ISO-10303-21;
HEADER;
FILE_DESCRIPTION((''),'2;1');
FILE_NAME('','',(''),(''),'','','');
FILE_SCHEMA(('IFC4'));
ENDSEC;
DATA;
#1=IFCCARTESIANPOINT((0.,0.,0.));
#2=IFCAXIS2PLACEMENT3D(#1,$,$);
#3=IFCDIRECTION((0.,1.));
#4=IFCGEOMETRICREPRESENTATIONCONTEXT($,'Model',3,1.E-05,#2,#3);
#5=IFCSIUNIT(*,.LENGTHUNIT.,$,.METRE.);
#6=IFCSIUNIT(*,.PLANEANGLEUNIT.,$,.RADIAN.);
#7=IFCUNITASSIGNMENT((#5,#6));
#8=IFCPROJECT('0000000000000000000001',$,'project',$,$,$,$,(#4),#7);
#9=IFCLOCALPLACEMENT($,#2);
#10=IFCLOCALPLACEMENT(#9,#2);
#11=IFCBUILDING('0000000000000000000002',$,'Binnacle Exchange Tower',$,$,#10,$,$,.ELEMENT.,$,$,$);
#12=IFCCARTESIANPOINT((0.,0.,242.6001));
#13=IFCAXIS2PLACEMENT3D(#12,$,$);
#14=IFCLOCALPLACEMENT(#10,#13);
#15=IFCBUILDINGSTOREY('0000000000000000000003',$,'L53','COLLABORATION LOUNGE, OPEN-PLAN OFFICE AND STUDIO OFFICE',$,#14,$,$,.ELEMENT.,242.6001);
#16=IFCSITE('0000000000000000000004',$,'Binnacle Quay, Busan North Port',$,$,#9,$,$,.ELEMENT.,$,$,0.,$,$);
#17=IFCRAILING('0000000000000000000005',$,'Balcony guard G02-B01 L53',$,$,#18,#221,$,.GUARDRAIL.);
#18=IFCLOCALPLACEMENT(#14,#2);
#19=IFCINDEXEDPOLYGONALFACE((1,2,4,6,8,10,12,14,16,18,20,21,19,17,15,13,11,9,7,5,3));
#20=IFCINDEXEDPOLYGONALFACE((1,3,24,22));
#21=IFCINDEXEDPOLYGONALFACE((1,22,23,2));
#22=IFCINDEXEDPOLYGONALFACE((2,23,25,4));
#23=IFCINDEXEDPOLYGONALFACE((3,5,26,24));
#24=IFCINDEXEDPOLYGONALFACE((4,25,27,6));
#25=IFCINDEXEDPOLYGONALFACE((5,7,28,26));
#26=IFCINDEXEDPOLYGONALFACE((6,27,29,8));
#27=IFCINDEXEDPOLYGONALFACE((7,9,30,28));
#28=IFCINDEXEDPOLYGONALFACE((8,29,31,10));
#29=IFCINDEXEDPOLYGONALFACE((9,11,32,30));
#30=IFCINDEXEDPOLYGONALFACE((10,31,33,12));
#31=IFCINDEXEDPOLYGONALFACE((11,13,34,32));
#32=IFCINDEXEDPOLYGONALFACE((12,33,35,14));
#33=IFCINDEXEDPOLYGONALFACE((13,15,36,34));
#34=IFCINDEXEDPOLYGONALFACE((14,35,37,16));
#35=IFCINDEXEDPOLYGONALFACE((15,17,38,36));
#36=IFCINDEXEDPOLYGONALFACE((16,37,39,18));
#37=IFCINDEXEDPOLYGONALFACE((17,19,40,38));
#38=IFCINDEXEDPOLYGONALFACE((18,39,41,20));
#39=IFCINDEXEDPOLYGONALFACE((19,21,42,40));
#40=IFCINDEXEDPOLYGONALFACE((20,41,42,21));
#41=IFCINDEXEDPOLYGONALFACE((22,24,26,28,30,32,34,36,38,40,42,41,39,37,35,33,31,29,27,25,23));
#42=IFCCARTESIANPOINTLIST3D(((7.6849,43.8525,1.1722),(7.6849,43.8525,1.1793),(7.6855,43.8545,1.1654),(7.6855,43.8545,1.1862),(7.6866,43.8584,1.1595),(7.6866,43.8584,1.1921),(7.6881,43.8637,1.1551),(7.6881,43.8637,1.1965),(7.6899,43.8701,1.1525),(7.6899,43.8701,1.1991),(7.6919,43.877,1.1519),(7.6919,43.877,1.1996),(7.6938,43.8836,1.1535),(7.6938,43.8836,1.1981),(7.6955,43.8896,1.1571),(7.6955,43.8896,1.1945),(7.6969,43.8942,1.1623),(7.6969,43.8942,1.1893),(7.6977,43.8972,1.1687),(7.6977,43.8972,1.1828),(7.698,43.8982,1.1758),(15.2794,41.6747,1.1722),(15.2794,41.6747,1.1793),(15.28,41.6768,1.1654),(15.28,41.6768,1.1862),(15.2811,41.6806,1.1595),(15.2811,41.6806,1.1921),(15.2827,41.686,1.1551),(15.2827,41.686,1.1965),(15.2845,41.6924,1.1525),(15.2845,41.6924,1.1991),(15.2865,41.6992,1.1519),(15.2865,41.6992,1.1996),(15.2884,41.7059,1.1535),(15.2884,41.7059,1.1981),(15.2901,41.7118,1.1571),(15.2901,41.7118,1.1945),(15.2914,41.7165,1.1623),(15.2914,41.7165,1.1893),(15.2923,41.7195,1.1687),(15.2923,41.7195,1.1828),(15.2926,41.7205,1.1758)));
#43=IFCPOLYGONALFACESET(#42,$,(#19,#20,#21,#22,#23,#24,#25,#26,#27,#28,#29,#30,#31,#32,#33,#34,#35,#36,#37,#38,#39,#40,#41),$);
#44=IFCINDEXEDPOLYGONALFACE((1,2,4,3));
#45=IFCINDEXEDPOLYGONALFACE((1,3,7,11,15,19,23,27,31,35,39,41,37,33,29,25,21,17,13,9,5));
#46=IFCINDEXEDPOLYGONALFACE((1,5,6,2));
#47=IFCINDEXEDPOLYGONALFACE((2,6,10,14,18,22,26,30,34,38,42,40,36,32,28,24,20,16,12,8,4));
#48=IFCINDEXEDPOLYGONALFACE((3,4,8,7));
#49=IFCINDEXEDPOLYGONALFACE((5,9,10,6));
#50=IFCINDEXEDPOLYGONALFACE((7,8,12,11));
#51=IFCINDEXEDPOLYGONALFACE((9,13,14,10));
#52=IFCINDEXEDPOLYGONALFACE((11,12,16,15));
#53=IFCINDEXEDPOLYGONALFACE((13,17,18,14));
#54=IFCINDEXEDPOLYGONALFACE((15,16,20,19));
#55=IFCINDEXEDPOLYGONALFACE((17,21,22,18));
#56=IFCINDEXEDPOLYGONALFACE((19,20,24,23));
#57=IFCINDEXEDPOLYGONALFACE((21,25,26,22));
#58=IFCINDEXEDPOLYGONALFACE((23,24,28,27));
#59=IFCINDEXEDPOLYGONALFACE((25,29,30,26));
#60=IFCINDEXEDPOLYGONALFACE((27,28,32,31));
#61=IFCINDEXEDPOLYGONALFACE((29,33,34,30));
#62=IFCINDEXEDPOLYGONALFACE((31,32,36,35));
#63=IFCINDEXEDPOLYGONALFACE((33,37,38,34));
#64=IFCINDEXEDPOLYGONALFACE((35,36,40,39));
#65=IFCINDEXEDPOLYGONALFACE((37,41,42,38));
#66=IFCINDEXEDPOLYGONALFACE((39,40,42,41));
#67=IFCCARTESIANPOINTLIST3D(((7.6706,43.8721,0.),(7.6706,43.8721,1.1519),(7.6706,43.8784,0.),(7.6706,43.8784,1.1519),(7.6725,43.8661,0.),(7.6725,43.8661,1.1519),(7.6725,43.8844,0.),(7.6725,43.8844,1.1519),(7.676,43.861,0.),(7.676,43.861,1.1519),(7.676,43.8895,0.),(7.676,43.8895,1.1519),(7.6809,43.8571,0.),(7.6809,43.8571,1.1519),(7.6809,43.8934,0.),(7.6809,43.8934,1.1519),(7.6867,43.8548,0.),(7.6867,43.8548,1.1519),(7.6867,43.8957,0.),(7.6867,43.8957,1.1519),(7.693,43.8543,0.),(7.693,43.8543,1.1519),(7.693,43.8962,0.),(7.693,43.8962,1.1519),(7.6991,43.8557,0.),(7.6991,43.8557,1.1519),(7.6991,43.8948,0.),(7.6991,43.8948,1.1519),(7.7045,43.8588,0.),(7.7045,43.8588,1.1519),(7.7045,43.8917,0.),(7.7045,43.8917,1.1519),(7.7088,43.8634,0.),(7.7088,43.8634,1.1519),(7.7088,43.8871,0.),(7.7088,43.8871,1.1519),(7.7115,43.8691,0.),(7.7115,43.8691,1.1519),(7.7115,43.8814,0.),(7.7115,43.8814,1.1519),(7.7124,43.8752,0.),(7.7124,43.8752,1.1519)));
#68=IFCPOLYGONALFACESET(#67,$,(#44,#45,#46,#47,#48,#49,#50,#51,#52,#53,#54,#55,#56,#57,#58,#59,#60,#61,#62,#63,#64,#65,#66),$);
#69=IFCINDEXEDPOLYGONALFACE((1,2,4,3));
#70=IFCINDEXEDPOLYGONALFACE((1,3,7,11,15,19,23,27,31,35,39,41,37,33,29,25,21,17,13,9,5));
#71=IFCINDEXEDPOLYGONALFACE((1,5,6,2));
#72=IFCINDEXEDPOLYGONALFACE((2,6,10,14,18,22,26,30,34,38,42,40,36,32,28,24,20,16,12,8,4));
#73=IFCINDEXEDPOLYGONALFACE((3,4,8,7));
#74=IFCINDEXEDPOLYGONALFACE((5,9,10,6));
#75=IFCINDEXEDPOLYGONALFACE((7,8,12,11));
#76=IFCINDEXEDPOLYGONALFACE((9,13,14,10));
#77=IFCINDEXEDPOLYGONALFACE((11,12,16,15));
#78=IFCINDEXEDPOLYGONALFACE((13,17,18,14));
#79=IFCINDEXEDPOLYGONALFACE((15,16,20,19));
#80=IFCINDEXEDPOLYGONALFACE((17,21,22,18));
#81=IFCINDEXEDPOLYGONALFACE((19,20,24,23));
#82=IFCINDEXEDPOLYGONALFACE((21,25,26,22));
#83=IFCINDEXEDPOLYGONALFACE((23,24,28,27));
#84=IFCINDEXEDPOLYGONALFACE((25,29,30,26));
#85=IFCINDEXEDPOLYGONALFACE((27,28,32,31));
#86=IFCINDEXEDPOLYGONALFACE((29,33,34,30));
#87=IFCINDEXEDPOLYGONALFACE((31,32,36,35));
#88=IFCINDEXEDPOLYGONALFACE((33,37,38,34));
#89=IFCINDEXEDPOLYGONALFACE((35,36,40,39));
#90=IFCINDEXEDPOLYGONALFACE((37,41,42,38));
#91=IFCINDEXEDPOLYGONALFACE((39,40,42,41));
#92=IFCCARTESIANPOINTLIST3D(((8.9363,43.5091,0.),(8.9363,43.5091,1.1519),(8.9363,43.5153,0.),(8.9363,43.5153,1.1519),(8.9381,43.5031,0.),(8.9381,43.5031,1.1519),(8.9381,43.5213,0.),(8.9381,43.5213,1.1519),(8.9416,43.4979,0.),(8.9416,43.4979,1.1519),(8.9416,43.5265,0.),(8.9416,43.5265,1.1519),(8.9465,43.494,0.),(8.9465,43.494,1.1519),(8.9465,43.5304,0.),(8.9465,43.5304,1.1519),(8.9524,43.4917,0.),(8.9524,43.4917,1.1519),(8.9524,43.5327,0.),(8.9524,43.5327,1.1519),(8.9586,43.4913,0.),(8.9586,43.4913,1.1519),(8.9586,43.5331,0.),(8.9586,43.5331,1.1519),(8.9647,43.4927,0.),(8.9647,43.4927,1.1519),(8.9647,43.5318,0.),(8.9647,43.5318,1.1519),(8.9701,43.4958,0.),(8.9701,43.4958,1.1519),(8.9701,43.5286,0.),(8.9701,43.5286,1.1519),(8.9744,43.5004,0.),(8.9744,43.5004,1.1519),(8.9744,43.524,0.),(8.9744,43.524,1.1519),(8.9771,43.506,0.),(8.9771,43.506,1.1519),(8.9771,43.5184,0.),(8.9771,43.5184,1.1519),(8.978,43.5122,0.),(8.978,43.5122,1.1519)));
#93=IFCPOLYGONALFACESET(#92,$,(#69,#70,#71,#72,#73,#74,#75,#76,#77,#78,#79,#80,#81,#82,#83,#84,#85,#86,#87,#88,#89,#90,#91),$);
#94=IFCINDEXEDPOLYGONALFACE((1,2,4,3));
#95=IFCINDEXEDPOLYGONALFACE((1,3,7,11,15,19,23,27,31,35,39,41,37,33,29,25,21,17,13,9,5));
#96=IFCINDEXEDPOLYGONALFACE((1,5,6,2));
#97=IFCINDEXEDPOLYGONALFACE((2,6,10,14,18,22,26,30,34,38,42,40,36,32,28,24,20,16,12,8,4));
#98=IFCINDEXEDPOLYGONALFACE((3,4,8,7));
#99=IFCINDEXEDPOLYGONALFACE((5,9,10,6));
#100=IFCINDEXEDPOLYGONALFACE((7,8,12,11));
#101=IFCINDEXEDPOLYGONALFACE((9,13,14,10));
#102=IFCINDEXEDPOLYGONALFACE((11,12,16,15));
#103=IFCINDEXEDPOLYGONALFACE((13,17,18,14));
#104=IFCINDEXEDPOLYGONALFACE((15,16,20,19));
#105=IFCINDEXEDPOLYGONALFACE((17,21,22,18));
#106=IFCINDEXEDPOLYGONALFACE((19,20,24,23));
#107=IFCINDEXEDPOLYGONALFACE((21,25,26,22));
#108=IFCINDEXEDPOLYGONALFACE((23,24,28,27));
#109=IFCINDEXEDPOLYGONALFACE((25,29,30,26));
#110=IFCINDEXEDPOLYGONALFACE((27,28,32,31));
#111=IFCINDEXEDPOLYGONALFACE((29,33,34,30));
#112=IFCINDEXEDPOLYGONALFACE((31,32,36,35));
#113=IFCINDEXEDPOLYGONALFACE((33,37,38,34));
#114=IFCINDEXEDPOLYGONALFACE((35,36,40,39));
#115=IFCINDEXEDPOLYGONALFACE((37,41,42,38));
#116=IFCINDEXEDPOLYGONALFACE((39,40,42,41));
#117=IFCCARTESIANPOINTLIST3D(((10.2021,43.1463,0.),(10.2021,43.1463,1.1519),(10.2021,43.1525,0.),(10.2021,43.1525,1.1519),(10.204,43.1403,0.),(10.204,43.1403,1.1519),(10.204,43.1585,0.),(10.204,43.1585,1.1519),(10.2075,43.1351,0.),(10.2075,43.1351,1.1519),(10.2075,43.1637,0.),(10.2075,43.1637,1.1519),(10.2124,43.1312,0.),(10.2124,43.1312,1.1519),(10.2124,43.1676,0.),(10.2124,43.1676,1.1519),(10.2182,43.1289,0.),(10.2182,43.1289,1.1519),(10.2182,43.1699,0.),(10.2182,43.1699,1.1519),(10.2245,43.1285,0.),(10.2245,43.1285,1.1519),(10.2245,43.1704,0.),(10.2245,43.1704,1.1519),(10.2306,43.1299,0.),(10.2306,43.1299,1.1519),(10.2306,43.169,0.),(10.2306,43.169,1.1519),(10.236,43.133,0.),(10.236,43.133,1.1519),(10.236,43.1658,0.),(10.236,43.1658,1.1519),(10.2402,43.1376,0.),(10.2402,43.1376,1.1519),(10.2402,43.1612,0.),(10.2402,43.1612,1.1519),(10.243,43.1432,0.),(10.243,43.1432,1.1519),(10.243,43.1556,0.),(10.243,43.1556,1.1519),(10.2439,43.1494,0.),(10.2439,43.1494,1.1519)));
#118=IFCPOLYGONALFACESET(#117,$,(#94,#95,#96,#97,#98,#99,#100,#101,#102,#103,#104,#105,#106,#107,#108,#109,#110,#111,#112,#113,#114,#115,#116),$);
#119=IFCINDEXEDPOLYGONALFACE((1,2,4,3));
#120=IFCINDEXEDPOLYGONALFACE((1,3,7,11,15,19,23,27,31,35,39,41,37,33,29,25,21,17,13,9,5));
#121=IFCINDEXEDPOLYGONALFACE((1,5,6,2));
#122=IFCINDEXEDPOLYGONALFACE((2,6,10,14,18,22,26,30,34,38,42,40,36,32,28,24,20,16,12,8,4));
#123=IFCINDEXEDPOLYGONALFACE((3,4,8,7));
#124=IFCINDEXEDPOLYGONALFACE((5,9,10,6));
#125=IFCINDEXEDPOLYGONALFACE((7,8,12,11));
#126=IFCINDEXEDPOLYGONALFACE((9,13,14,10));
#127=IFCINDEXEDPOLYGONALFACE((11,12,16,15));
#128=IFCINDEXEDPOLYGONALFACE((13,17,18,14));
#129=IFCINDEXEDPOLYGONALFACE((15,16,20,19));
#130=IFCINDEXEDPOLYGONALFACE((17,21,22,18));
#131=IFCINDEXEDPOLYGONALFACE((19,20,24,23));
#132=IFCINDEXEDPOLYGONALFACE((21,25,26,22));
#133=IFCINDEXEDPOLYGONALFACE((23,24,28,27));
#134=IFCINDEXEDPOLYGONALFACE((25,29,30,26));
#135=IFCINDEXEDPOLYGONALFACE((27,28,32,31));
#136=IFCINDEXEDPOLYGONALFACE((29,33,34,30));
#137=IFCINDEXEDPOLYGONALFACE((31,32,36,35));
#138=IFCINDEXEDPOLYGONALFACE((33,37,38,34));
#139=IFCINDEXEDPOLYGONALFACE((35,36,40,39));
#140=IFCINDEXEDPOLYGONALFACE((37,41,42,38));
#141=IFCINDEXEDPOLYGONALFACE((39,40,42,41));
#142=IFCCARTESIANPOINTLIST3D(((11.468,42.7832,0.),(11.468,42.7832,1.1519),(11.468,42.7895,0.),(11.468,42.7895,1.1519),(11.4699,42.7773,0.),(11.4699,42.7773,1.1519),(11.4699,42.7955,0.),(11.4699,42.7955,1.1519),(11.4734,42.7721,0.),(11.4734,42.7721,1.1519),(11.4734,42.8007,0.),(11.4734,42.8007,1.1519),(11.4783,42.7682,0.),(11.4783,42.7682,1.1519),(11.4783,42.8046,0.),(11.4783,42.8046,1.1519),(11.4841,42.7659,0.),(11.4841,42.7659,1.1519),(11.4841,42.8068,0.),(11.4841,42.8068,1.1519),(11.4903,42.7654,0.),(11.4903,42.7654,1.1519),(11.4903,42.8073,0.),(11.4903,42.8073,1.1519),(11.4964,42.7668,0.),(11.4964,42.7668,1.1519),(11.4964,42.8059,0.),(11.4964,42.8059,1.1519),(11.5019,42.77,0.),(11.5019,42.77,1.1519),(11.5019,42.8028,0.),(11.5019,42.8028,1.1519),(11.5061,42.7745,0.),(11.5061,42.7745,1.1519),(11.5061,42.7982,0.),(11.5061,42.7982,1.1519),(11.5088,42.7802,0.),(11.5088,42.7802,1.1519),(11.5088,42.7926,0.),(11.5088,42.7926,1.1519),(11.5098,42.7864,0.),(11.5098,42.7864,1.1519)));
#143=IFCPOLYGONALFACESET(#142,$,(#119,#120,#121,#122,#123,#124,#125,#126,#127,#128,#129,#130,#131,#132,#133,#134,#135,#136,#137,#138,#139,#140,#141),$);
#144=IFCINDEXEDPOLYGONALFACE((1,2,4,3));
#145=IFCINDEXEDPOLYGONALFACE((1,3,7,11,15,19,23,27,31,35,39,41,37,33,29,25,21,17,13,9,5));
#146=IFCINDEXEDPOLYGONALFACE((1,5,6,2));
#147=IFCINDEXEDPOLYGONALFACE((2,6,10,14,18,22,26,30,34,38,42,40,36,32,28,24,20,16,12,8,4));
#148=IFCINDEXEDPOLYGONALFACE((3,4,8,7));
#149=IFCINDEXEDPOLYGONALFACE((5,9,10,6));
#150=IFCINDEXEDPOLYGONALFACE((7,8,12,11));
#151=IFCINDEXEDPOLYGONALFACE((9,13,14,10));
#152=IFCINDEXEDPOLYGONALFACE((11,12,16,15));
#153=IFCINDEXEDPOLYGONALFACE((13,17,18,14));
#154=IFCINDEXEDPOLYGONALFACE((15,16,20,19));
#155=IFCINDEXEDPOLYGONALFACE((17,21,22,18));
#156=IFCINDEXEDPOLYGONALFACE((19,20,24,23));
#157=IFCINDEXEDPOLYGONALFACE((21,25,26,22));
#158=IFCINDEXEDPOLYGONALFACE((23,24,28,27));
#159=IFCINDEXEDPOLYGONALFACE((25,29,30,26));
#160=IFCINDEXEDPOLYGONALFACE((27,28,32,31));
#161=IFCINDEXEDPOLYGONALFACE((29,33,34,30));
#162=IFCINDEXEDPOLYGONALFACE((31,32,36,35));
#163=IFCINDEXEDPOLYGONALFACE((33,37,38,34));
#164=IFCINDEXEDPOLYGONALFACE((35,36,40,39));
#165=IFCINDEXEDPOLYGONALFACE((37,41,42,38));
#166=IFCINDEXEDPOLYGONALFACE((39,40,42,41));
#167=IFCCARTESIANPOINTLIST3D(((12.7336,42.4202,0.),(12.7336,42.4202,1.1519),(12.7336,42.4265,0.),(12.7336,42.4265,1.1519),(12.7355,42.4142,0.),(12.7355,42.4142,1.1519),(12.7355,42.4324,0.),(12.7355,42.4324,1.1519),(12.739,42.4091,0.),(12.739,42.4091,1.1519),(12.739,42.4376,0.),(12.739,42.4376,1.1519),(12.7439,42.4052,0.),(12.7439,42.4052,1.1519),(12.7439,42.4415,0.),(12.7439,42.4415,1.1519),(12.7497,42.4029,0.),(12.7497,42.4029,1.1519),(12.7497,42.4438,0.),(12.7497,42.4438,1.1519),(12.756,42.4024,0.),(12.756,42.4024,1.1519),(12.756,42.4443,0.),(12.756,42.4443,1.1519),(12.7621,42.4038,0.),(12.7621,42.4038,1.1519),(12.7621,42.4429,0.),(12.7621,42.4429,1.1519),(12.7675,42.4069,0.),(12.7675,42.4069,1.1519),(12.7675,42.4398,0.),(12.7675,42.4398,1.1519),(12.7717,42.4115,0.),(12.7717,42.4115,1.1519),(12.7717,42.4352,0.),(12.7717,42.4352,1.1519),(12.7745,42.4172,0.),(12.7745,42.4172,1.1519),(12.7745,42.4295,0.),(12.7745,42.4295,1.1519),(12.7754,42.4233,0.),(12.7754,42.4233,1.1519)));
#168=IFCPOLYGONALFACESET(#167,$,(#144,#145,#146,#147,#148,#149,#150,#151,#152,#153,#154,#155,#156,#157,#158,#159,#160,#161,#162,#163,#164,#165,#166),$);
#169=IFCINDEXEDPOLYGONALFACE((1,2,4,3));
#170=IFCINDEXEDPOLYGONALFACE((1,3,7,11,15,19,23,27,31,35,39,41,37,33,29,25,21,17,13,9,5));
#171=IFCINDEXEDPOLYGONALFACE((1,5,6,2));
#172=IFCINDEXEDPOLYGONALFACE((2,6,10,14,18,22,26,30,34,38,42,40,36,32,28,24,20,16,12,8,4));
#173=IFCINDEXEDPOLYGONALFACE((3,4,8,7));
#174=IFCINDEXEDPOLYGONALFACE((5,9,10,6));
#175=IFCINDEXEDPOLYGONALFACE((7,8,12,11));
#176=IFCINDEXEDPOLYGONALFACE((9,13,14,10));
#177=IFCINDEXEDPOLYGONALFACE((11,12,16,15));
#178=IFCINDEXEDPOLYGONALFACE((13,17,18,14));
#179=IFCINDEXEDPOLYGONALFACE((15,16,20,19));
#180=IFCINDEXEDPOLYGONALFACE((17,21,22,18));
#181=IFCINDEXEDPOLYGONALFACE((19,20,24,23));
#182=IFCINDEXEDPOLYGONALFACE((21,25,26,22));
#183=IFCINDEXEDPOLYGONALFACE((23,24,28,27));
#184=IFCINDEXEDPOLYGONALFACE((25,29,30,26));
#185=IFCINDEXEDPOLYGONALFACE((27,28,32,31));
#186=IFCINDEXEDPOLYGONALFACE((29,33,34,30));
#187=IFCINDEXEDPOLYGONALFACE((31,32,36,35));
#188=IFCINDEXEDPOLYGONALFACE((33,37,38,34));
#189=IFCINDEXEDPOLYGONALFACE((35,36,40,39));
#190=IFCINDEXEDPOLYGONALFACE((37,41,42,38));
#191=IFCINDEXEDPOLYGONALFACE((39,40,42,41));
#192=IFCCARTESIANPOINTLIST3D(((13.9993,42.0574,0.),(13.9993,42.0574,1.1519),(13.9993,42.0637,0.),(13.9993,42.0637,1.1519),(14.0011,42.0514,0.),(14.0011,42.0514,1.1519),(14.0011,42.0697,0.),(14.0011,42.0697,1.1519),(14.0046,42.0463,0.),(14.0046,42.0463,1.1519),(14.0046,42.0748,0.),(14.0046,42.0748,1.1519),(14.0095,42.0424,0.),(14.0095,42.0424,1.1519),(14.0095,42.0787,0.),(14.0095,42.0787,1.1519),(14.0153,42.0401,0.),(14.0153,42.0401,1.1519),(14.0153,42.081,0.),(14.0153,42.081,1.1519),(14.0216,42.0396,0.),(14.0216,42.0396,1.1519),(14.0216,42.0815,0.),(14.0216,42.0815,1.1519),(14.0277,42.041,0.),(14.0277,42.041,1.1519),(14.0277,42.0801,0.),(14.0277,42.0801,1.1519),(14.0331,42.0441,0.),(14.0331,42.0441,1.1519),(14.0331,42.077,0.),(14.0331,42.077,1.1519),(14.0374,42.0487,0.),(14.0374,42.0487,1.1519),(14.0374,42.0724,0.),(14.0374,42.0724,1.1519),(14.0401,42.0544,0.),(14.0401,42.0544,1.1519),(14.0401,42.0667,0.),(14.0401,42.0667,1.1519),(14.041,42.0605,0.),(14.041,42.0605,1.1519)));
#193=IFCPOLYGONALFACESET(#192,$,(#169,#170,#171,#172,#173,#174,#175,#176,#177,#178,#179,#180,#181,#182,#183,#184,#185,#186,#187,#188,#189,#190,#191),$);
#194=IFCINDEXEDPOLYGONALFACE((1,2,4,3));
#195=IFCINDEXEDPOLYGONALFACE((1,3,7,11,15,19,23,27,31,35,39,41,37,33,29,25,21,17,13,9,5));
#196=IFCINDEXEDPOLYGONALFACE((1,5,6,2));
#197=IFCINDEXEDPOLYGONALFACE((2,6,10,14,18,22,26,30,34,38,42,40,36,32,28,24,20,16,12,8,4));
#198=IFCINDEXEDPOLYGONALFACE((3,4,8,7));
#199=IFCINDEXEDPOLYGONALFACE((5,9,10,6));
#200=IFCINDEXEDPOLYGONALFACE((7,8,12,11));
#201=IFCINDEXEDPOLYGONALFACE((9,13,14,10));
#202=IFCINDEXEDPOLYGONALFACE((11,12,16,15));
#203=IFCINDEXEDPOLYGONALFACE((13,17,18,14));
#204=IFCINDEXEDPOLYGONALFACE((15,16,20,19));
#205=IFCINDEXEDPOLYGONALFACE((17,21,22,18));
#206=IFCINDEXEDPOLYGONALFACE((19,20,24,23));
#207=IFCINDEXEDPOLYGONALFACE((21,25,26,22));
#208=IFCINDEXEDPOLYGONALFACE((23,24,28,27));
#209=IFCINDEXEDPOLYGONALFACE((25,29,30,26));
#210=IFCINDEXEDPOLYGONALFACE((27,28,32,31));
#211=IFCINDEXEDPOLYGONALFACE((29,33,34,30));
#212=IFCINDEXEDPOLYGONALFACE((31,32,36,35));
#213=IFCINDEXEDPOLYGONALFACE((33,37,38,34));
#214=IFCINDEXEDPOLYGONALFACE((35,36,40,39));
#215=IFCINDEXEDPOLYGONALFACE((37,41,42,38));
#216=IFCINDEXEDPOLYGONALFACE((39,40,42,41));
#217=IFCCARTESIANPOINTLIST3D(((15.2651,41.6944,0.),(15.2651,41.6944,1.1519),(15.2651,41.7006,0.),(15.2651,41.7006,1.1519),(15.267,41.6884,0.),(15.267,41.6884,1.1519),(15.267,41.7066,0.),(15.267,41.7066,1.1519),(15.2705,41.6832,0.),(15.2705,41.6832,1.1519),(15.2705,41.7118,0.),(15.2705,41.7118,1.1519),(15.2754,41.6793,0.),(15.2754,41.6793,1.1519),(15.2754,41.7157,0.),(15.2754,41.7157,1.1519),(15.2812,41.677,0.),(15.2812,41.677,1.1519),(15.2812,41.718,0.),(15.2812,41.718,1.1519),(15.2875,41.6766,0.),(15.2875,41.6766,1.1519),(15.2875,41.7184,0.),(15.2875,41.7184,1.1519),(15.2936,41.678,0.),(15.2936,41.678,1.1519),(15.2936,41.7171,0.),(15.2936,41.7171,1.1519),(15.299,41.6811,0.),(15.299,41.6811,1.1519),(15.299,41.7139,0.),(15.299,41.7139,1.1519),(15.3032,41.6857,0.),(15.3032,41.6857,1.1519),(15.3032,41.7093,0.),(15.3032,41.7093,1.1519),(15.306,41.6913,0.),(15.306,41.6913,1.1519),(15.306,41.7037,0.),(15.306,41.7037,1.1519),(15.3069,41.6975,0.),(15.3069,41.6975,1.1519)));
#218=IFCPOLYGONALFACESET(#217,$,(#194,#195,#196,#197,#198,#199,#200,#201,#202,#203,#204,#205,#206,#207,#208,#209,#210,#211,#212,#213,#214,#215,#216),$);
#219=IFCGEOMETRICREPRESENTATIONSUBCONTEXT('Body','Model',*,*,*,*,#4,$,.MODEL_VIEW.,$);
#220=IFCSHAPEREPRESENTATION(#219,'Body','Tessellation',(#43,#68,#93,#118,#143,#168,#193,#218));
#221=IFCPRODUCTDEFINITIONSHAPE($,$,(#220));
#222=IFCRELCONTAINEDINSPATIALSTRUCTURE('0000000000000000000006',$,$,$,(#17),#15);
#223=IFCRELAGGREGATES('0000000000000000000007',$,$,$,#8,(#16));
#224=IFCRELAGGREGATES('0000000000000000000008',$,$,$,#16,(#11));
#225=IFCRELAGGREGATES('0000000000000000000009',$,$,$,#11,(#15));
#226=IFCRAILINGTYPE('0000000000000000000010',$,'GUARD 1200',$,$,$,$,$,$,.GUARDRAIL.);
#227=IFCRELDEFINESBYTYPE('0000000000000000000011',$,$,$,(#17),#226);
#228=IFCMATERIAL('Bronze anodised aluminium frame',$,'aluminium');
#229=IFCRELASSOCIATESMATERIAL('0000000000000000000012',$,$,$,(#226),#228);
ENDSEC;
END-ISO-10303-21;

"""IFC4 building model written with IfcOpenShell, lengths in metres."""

from ifc_helpers import new_model, si_unit, direction, frame, origin, origin_2d, place, context, subcontext, project, spatial, circle, extrude, material, type_object, element, save


model = new_model("IFC4")

# Units and contexts
model_context = context("Model", 3, precision=1e-05, world=origin(), true_north=direction((0.0, 1.0)))
body_context = subcontext(model_context, "Body", "Model", "MODEL_VIEW")
ifc_project = project(units=[si_unit("LENGTHUNIT", "METRE"), si_unit("PLANEANGLEUNIT", "RADIAN")], contexts=[model_context])

# Site, building, storey
site_placement = place(None, origin())
site = spatial("IfcSite", under=ifc_project, at=site_placement, Name="Binnacle Quay, Busan North Port", CompositionType="ELEMENT", RefElevation=0.0)
building_placement = place(site_placement, origin())
building = spatial("IfcBuilding", under=site, at=building_placement, Name="Binnacle Exchange Tower", CompositionType="ELEMENT")
storey_placement = place(building_placement, frame((0.0, 0.0, 242.6001)))
storey = spatial("IfcBuildingStorey", under=building, at=storey_placement, Name="L53", Description="COLLABORATION LOUNGE, OPEN-PLAN OFFICE AND STUDIO OFFICE", CompositionType="ELEMENT", Elevation=242.6001)

# Railing
ifc_material_1 = material(Name="Bronze anodised aluminium frame", Category="aluminium")
railing_type = type_object("IfcRailingType", Name="GUARD 1200", PredefinedType="GUARDRAIL", material=ifc_material_1)
railing_1_placement = place(storey_placement, frame((7.6914, 43.8752, 0.0)))
element("IfcRailing", 1, at=railing_1_placement, inside=storey, type_object=railing_type, Name="Balcony guard G02-B01 L53", PredefinedType="GUARDRAIL", context=body_context, shape_type="SweptSolid", body=[
    extrude(circle(Radius=0.0239, at=origin_2d()), frame((0.0, 0.0, 1.1758), z_axis=(0.96126, -0.275643, 0.0), x_axis=(0.275643, 0.96126, 0.0)), (0.0, 0.0, 1.0), 7.9006),
    extrude(circle(Radius=0.021, at=origin_2d()), origin(), (0.0, 0.0, 1.0), 1.1519),
    extrude(circle(Radius=0.021, at=origin_2d()), frame((1.2656, -0.363, 0.0)), (0.0, 0.0, 1.0), 1.1519),
    extrude(circle(Radius=0.021, at=origin_2d()), frame((2.5315, -0.7258, 0.0)), (0.0, 0.0, 1.0), 1.1519),
    extrude(circle(Radius=0.021, at=origin_2d()), frame((3.7974, -1.0889, 0.0)), (0.0, 0.0, 1.0), 1.1519),
    extrude(circle(Radius=0.021, at=origin_2d()), frame((5.063, -1.4519, 0.0)), (0.0, 0.0, 1.0), 1.1519),
    extrude(circle(Radius=0.021, at=origin_2d()), frame((6.3286, -1.8147, 0.0)), (0.0, 0.0, 1.0), 1.1519),
    extrude(circle(Radius=0.021, at=origin_2d()), frame((7.5945, -2.1777, 0.0)), (0.0, 0.0, 1.0), 1.1519),
])

save(model, "model.ifc")
